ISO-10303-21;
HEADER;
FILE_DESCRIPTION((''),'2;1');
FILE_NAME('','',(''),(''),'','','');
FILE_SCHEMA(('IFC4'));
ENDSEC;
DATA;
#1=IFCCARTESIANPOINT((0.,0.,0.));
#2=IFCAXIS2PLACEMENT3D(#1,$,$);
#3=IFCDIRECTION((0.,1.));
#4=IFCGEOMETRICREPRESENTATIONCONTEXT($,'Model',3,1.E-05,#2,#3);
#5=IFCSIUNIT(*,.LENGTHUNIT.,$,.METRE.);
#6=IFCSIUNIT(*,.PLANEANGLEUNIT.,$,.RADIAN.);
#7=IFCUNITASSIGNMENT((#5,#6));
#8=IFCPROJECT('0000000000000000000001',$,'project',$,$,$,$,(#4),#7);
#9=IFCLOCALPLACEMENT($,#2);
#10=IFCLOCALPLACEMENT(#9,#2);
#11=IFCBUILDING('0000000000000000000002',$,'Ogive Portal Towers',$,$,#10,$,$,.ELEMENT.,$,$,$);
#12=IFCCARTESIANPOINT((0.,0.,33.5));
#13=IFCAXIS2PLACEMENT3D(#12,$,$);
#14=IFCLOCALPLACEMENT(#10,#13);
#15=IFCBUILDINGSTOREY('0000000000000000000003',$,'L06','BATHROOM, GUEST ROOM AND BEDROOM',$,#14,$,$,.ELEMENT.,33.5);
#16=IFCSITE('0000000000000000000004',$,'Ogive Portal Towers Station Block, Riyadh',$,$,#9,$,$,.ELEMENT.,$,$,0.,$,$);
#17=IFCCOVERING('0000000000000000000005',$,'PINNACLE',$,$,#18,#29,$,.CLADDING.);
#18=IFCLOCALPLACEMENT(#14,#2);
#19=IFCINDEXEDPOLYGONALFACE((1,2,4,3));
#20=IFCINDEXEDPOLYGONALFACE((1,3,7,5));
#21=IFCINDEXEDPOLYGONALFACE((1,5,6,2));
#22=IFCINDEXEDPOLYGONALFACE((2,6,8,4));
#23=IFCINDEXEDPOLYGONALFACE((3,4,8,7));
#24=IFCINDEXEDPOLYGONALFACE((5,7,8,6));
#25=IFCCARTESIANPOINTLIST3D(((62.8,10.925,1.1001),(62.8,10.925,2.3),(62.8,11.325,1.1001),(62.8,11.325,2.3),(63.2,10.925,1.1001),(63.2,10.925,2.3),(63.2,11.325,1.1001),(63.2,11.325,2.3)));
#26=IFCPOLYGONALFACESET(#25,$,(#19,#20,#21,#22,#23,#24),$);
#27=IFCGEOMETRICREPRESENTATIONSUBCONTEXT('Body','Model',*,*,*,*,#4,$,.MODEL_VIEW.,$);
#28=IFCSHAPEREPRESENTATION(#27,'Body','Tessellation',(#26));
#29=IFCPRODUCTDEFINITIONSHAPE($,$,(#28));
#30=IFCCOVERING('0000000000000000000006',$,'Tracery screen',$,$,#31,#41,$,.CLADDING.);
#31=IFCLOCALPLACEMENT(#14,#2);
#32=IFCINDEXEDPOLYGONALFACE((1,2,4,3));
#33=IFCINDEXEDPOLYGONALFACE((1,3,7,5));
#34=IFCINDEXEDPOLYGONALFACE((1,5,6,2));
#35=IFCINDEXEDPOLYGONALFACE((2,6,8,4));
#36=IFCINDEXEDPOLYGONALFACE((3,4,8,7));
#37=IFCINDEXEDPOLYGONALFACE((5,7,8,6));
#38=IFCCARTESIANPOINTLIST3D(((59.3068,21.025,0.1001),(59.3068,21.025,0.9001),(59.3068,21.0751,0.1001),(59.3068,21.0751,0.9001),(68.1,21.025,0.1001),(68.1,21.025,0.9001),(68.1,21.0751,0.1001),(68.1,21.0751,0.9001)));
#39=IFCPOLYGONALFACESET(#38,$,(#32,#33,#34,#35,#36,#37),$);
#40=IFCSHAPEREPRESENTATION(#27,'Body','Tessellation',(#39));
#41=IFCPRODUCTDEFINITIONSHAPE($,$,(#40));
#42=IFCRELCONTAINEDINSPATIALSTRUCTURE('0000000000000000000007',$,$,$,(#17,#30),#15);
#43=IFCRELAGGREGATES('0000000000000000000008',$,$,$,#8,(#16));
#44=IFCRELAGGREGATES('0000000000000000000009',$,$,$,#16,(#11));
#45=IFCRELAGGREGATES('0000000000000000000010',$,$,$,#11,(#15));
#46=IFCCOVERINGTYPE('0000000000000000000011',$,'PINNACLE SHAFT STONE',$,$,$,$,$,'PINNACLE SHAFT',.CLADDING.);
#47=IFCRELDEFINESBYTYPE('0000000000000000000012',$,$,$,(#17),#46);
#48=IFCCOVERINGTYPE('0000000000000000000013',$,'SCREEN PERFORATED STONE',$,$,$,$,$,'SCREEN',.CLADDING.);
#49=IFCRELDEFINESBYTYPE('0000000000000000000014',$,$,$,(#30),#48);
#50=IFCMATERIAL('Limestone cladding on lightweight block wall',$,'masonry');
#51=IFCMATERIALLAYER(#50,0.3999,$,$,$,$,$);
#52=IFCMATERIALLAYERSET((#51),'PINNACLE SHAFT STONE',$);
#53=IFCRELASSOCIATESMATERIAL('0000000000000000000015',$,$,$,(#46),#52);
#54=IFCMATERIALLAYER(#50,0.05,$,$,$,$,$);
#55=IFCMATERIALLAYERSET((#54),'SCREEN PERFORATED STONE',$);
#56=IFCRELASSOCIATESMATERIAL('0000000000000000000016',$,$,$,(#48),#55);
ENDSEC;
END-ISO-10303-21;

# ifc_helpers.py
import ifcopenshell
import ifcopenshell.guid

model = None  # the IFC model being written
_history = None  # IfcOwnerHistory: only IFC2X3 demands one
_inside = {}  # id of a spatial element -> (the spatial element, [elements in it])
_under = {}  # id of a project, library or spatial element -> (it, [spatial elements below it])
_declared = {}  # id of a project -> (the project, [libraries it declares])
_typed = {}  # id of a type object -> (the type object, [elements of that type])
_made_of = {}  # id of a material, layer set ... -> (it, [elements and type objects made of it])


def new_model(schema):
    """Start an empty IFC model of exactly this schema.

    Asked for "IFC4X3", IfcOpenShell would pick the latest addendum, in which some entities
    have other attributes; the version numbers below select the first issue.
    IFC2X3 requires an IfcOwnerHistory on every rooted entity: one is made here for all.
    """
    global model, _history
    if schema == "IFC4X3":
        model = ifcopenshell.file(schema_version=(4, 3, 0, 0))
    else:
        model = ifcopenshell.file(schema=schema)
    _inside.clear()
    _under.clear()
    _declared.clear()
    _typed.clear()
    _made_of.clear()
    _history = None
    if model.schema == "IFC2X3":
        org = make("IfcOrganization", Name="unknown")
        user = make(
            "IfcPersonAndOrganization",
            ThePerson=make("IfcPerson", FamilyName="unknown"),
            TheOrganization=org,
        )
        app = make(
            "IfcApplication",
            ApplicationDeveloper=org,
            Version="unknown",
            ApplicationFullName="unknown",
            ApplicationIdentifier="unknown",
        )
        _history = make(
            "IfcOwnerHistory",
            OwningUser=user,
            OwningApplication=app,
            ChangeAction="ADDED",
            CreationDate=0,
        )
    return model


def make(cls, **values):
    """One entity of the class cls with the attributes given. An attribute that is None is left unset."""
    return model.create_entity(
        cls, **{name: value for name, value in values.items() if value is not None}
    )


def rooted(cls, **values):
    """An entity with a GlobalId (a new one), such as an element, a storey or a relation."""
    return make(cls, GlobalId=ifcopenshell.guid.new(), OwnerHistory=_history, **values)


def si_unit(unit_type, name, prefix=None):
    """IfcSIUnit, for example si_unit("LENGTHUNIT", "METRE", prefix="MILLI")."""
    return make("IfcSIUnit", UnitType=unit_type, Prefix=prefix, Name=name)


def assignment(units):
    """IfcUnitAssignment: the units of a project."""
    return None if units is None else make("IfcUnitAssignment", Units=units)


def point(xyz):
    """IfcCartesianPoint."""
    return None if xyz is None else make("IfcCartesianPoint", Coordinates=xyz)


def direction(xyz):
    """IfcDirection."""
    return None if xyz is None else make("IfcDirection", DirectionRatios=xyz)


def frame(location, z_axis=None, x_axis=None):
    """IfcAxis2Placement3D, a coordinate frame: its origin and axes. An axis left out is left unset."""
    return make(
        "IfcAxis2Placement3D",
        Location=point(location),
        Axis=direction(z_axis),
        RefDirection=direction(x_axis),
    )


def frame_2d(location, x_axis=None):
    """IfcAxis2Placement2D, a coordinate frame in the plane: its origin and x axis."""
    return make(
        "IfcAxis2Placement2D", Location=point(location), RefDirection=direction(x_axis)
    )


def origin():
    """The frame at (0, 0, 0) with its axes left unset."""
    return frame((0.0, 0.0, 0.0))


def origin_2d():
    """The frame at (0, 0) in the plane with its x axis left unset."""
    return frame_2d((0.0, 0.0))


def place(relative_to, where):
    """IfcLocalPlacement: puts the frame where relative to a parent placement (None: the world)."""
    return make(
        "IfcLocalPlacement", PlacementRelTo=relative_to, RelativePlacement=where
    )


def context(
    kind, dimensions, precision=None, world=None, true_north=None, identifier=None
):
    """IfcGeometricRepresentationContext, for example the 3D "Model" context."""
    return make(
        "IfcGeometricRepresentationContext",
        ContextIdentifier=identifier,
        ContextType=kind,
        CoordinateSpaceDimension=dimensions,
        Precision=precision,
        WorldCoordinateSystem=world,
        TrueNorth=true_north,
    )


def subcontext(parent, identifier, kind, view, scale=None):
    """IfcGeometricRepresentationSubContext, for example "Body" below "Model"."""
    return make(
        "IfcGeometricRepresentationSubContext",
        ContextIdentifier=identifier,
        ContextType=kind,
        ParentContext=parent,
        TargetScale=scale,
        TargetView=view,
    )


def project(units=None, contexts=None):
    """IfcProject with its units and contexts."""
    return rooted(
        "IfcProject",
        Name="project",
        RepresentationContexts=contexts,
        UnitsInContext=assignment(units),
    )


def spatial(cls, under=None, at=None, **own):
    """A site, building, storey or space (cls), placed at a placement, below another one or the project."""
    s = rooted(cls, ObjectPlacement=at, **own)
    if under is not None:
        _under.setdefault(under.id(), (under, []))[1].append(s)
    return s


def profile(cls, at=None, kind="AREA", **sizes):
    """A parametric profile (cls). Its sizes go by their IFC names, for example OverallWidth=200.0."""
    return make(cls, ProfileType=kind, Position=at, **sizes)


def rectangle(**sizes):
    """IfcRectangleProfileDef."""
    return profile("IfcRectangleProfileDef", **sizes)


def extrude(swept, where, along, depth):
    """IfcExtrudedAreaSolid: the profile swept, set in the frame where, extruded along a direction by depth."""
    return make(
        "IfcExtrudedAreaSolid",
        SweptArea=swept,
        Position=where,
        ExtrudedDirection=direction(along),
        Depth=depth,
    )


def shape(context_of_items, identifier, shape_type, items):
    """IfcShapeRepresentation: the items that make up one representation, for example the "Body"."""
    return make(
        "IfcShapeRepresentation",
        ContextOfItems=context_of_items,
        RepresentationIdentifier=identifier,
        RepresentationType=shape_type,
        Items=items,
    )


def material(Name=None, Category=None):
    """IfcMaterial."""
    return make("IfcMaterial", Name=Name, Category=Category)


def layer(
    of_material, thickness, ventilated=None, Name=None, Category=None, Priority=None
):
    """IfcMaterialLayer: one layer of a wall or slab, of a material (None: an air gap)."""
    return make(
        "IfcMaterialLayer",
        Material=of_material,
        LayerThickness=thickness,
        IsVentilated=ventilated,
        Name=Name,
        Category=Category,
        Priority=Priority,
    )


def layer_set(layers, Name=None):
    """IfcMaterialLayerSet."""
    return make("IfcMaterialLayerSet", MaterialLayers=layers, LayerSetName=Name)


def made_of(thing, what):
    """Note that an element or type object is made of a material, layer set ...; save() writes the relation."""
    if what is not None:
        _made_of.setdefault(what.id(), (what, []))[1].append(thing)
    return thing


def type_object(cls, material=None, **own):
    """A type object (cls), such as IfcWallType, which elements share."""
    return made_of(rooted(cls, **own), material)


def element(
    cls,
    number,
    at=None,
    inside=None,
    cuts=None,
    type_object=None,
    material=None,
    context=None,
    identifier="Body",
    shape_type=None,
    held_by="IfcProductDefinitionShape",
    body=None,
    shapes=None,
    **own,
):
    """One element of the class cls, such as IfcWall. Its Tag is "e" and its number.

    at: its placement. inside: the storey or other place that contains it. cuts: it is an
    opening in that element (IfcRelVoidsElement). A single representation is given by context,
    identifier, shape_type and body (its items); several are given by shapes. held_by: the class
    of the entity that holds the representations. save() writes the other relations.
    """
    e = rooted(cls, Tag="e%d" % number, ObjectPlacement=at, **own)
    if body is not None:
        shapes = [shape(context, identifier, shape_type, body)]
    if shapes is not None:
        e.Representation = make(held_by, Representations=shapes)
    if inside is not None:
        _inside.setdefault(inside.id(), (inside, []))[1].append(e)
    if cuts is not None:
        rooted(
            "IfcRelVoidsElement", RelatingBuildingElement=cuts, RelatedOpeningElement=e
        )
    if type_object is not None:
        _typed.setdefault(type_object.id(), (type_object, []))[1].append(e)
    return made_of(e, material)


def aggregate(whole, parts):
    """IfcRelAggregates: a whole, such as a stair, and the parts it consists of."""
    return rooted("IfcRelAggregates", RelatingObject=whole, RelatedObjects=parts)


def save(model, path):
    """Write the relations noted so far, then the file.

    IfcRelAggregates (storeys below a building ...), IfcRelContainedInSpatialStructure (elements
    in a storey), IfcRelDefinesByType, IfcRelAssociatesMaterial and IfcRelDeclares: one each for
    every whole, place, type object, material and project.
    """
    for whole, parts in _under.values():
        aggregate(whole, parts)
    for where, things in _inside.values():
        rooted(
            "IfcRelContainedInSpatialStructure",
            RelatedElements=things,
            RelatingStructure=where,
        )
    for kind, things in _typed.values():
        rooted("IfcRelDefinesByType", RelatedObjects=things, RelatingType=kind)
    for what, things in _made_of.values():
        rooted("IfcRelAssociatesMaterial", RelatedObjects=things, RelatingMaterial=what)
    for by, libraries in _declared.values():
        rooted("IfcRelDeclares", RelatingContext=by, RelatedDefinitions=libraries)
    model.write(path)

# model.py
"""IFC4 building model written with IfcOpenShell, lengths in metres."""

from ifc_helpers import new_model, si_unit, direction, frame, origin, origin_2d, place, context, subcontext, project, spatial, rectangle, extrude, material, layer, layer_set, type_object, element, save


model = new_model("IFC4")

# Units and contexts
model_context = context("Model", 3, precision=1e-05, world=origin(), true_north=direction((0.0, 1.0)))
body_context = subcontext(model_context, "Body", "Model", "MODEL_VIEW")
ifc_project = project(units=[si_unit("LENGTHUNIT", "METRE"), si_unit("PLANEANGLEUNIT", "RADIAN")], contexts=[model_context])

# Site, building, storey
site_placement = place(None, origin())
site = spatial("IfcSite", under=ifc_project, at=site_placement, Name="Ogive Portal Towers Station Block, Riyadh", CompositionType="ELEMENT", RefElevation=0.0)
building_placement = place(site_placement, origin())
building = spatial("IfcBuilding", under=site, at=building_placement, Name="Ogive Portal Towers", CompositionType="ELEMENT")
storey_placement = place(building_placement, frame((0.0, 0.0, 33.5)))
storey = spatial("IfcBuildingStorey", under=building, at=storey_placement, Name="L06", Description="BATHROOM, GUEST ROOM AND BEDROOM", CompositionType="ELEMENT", Elevation=33.5)

# Shared definitions
ifc_material_1 = material(Name="Limestone cladding on lightweight block wall", Category="masonry")

# Coverings
ifc_layer_1 = layer(ifc_material_1, 0.3999)
ifc_layer_set_1 = layer_set([ifc_layer_1], Name="PINNACLE SHAFT STONE")
covering_type_1 = type_object("IfcCoveringType", Name="PINNACLE SHAFT STONE", ElementType="PINNACLE SHAFT", PredefinedType="CLADDING", material=ifc_layer_set_1)
covering_1_placement = place(storey_placement, frame((63.0, 11.125, 1.1001), z_axis=(0.0, 0.0, 1.0), x_axis=(1.0, 0.0, 0.0)))
element("IfcCovering", 1, at=covering_1_placement, inside=storey, type_object=covering_type_1, Name="PINNACLE", PredefinedType="CLADDING", context=body_context, shape_type="SweptSolid", body=[
    extrude(rectangle(XDim=0.3999, YDim=0.3999, at=origin_2d()), origin(), (0.0, 0.0, 1.0), 1.2),
])
ifc_layer_2 = layer(ifc_material_1, 0.05)
ifc_layer_set_2 = layer_set([ifc_layer_2], Name="SCREEN PERFORATED STONE")
covering_type_2 = type_object("IfcCoveringType", Name="SCREEN PERFORATED STONE", ElementType="SCREEN", PredefinedType="CLADDING", material=ifc_layer_set_2)
covering_2_placement = place(storey_placement, frame((63.7034, 21.05, 0.1001), z_axis=(0.0, 0.0, 1.0), x_axis=(1.0, 0.0, 0.0)))
element("IfcCovering", 2, at=covering_2_placement, inside=storey, type_object=covering_type_2, Name="Tracery screen", PredefinedType="CLADDING", context=body_context, shape_type="SweptSolid", body=[
    extrude(rectangle(XDim=8.7932, YDim=0.05, at=origin_2d()), origin(), (0.0, 0.0, 1.0), 0.8),
])

save(model, "model.ifc")
